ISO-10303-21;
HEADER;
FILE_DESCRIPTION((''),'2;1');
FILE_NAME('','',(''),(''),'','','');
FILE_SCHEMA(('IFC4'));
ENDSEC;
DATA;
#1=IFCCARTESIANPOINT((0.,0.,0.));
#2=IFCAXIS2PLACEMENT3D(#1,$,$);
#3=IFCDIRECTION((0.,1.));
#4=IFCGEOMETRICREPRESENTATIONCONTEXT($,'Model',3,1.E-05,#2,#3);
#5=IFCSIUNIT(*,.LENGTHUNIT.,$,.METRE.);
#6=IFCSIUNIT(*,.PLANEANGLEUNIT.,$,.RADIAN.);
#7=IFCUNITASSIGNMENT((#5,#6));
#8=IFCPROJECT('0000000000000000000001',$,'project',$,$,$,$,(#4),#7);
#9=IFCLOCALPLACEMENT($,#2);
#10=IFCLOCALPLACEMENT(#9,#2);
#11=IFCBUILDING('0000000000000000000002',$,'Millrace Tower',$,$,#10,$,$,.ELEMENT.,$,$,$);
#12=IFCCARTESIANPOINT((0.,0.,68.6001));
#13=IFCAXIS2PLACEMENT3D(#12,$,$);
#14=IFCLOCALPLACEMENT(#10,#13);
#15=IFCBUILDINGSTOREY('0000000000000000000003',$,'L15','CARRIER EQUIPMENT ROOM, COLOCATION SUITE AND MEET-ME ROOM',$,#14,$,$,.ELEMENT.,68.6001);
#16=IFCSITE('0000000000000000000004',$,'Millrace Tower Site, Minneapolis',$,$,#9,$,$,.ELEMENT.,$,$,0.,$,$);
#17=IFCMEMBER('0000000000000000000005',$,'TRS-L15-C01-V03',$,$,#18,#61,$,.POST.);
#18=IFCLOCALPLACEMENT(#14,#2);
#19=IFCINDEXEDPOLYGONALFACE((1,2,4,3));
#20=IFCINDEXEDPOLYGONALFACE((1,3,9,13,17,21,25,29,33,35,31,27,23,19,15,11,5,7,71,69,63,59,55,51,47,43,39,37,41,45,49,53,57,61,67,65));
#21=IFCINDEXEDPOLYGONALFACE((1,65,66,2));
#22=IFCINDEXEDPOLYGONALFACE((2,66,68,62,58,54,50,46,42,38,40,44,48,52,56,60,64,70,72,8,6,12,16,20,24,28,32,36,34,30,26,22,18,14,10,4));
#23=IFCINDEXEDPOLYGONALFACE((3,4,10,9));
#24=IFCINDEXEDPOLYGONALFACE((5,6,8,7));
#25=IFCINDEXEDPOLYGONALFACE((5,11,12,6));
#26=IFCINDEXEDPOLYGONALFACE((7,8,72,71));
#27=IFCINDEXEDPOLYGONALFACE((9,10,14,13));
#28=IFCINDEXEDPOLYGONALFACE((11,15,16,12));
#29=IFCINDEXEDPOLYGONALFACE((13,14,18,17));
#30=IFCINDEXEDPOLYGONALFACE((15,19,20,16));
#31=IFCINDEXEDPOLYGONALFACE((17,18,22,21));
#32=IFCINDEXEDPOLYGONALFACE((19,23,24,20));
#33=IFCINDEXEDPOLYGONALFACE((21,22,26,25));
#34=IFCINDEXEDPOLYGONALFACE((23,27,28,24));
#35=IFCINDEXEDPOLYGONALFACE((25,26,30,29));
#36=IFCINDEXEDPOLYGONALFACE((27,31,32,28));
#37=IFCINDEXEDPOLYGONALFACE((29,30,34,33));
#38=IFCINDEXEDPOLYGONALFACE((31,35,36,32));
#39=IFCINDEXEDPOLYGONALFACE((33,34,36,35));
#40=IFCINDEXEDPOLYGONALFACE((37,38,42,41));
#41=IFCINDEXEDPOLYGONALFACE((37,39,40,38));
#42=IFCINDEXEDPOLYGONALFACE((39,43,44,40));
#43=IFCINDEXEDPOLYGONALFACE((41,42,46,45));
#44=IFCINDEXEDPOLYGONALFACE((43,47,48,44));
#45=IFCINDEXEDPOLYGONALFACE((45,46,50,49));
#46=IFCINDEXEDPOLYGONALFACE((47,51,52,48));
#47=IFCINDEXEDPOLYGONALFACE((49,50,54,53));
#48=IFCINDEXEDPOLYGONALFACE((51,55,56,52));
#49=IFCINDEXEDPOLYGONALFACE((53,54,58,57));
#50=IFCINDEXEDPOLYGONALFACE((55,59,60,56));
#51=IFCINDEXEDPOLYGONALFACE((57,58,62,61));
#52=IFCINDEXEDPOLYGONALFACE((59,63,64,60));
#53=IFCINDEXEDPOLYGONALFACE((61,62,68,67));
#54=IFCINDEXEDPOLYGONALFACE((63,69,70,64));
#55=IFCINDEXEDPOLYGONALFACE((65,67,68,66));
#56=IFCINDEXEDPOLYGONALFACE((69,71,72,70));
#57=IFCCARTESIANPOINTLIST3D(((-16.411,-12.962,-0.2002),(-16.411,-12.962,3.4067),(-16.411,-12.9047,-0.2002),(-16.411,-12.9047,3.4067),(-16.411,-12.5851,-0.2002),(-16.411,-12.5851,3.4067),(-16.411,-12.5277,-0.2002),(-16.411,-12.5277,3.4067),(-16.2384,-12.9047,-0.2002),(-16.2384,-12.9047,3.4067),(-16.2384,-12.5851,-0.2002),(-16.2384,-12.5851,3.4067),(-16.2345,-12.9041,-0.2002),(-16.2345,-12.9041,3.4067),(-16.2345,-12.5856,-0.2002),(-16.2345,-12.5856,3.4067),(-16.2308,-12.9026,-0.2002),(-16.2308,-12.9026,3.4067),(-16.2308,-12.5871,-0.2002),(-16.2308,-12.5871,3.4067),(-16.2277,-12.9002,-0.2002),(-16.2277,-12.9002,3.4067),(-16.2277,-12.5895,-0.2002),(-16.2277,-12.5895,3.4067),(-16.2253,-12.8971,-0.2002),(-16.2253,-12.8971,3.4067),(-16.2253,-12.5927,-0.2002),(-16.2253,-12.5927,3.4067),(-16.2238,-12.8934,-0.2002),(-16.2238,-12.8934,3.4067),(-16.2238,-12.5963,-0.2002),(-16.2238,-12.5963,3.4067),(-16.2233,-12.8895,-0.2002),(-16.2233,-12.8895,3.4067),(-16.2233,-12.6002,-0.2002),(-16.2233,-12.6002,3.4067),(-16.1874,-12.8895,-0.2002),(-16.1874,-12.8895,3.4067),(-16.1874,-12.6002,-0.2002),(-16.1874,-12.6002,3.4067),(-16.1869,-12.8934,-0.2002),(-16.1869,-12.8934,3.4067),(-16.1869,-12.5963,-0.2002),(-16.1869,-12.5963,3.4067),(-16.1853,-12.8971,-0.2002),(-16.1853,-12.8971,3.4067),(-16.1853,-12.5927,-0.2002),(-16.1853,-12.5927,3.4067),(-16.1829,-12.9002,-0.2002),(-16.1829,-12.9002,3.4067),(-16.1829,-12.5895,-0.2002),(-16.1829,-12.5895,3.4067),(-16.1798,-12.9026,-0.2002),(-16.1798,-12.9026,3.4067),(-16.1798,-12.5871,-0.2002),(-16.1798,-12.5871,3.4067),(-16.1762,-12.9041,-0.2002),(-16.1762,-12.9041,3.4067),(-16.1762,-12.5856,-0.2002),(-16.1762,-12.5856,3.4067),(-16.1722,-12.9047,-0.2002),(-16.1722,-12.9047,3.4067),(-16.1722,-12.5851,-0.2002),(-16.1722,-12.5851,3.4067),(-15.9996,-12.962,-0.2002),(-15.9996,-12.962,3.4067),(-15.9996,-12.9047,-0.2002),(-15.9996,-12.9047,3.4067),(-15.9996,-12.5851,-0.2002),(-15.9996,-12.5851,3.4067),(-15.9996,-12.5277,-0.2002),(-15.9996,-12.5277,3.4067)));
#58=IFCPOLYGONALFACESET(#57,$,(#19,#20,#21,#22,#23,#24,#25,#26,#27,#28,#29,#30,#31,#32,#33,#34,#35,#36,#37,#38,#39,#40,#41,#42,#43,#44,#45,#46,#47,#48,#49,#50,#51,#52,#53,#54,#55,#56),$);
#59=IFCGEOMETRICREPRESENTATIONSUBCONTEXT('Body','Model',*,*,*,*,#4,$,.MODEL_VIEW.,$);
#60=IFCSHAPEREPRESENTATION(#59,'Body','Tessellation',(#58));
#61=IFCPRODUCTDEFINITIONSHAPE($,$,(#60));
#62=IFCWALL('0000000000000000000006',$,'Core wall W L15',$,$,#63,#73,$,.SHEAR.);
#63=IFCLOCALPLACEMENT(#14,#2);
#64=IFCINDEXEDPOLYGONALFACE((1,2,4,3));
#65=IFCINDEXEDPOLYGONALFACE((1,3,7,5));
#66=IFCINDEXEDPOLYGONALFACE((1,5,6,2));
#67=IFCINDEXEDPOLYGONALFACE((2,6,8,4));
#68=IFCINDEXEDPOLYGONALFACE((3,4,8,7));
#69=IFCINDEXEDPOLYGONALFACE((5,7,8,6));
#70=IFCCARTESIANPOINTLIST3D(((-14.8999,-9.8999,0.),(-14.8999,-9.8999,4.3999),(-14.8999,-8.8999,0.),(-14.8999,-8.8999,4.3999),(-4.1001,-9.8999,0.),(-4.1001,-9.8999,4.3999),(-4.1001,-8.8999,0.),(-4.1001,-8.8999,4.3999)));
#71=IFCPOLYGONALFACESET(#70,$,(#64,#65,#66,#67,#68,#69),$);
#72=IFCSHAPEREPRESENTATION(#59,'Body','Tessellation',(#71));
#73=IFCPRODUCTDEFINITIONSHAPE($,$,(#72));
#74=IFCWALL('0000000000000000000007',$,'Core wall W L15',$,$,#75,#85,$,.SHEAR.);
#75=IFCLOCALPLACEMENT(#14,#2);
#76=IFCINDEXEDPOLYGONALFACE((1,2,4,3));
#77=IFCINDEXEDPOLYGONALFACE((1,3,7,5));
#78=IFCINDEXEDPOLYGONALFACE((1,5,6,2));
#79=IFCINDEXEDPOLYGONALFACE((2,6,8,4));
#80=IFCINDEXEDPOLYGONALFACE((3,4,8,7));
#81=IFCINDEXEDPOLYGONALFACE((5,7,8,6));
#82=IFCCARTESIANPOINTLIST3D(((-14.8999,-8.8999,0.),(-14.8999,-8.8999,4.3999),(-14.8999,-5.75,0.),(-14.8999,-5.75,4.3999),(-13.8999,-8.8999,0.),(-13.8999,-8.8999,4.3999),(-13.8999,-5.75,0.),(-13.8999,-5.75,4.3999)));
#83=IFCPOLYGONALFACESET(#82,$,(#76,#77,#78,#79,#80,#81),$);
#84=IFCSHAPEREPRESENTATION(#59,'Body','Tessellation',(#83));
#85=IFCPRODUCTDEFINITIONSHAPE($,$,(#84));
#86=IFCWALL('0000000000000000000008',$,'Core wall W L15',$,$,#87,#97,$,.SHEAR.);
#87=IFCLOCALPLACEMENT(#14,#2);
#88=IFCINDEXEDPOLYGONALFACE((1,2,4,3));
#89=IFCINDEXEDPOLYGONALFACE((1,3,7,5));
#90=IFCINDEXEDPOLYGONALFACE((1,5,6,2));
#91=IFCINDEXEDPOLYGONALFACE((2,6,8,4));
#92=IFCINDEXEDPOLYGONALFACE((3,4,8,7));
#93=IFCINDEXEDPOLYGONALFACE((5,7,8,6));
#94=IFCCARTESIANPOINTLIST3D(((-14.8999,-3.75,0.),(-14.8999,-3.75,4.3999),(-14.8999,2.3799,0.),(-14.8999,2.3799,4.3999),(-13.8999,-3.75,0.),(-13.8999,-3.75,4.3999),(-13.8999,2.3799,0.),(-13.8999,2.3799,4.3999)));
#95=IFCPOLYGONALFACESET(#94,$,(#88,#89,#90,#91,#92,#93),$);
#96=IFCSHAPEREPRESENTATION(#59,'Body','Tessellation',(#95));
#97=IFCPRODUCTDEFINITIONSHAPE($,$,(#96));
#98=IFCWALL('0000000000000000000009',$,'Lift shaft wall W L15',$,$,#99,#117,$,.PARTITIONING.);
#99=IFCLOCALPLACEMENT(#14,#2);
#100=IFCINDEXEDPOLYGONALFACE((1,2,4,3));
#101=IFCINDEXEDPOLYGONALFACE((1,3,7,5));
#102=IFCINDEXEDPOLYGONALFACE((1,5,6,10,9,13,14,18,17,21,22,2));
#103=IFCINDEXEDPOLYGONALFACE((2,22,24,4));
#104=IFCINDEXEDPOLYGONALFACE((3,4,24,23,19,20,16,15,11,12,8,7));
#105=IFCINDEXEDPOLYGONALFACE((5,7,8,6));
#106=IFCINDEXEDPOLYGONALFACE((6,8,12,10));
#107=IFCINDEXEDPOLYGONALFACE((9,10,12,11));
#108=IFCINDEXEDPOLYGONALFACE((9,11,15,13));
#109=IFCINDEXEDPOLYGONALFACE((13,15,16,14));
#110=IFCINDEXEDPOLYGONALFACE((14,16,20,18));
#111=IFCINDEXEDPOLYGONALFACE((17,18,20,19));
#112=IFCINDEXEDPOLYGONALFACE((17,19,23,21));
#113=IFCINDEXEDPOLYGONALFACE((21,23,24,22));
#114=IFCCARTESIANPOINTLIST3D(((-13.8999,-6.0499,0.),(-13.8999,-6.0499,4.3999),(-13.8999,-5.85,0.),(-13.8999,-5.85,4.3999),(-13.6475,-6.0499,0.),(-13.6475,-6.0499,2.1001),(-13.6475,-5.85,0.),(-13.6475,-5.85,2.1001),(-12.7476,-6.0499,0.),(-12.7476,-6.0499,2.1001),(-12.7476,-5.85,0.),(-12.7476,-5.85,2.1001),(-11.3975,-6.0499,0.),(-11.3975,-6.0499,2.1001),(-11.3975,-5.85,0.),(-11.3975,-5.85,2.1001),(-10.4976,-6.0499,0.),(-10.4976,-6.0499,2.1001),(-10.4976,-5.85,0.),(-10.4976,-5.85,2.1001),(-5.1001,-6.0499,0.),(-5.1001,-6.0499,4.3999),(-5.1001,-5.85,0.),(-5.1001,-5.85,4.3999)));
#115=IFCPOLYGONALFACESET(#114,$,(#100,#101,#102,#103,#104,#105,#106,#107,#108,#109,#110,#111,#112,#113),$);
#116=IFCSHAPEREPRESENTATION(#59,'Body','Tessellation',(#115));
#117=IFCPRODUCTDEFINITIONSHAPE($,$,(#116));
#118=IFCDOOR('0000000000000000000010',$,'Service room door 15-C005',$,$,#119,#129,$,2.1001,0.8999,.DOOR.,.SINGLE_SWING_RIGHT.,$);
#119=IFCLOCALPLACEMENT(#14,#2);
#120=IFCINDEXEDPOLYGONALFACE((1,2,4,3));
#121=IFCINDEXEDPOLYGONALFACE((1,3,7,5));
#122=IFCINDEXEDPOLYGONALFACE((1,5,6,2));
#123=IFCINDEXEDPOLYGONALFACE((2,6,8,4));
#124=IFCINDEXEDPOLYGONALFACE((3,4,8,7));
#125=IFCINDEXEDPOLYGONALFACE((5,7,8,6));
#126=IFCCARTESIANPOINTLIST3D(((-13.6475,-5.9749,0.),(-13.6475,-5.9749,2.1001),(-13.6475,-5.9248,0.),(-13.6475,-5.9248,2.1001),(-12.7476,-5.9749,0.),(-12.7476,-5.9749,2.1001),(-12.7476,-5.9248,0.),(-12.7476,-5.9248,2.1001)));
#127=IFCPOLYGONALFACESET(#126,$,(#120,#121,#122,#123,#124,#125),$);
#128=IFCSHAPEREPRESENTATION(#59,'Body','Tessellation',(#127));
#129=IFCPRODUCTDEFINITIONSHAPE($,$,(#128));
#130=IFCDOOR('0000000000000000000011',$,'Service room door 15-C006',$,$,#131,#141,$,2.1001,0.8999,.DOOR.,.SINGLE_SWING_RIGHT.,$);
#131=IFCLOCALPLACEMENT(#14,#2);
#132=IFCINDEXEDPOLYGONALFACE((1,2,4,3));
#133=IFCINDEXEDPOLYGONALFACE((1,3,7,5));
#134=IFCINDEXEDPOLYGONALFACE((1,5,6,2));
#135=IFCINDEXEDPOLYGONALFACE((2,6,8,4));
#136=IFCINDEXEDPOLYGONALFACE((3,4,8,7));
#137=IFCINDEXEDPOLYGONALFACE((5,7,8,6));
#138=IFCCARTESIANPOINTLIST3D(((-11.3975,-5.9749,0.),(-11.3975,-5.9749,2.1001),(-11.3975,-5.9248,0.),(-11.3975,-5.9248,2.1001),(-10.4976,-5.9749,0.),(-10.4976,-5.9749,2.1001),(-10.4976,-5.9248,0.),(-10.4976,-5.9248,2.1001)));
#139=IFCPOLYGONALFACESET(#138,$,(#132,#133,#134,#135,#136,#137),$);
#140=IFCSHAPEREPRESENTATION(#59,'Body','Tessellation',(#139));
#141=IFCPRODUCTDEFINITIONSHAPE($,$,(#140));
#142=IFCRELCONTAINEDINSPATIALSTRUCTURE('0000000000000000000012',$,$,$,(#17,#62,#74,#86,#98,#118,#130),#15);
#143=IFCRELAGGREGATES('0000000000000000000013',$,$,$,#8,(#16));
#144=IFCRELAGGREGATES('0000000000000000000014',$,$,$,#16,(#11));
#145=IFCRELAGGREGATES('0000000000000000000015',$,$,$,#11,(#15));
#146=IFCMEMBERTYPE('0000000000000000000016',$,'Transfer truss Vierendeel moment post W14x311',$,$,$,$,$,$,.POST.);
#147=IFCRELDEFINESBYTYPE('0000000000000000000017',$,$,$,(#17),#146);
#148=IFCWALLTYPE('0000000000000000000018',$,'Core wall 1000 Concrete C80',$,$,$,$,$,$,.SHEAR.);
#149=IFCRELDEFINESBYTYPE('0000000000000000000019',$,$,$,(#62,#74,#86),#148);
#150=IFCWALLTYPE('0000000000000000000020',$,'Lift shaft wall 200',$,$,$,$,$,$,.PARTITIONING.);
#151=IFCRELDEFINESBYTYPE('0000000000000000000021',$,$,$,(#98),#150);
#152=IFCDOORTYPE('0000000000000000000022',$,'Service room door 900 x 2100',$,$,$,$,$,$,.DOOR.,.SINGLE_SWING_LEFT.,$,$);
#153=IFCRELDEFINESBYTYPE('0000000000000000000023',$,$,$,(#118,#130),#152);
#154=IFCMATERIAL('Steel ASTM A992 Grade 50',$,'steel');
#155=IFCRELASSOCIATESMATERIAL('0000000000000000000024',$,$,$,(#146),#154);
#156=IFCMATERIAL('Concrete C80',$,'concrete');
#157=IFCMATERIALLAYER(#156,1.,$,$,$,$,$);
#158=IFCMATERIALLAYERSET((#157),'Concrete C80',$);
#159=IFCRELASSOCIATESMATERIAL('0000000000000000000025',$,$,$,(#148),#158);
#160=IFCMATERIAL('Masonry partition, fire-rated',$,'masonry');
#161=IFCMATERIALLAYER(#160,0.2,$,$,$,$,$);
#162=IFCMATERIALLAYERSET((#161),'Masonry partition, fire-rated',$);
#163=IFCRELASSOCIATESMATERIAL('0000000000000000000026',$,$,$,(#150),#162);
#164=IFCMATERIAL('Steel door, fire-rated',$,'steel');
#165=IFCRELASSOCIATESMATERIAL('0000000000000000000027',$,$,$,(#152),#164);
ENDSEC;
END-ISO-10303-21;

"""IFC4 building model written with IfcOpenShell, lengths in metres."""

from ifc_helpers import new_model, si_unit, direction, frame, frame_2d, origin, origin_2d, place, context, subcontext, project, spatial, rectangle, i_section, extrude, material, layer, layer_set, material_profile, profile_set, type_object, element, fill, save


model = new_model("IFC4")

# Units and contexts
model_context = context("Model", 3, precision=1e-05, world=origin(), true_north=direction((0.0, 1.0)))
body_context = subcontext(model_context, "Body", "Model", "MODEL_VIEW")
ifc_project = project(units=[si_unit("LENGTHUNIT", "METRE"), si_unit("PLANEANGLEUNIT", "RADIAN")], contexts=[model_context])

# Site, building, storey
site_placement = place(None, origin())
site = spatial("IfcSite", under=ifc_project, at=site_placement, Name="Millrace Tower Site, Minneapolis", CompositionType="ELEMENT", RefElevation=0.0)
building_placement = place(site_placement, origin())
building = spatial("IfcBuilding", under=site, at=building_placement, Name="Millrace Tower", CompositionType="ELEMENT")
storey_placement = place(building_placement, frame((0.0, 0.0, 68.6001)))
storey = spatial("IfcBuildingStorey", under=building, at=storey_placement, Name="L15", Description="CARRIER EQUIPMENT ROOM, COLOCATION SUITE AND MEET-ME ROOM", CompositionType="ELEMENT", Elevation=68.6001)

# Member
ifc_material_1 = material(Name="Steel ASTM A992 Grade 50", Category="steel")
ifc_material_profile_1 = material_profile(ifc_material_1, i_section(OverallWidth=0.4114, OverallDepth=0.4343, WebThickness=0.0359, FlangeThickness=0.0574, FilletRadius=0.0151, at=origin_2d()))
ifc_profile_set_1 = profile_set([ifc_material_profile_1], Name="Steel ASTM A992 Grade 50")
member_type = type_object("IfcMemberType", Name="Transfer truss Vierendeel moment post W14x311", PredefinedType="POST", material=ifc_profile_set_1)
member_placement = place(storey_placement, frame((-16.2053, -12.7449, -0.2002), z_axis=(0.0, 0.0, 1.0), x_axis=(1.0, 0.0, 0.0)))
element("IfcMember", 1, at=member_placement, inside=storey, type_object=member_type, Name="TRS-L15-C01-V03", PredefinedType="POST", context=body_context, shape_type="SweptSolid", body=[
    extrude(i_section(OverallWidth=0.4114, OverallDepth=0.4343, WebThickness=0.0359, FlangeThickness=0.0574, FilletRadius=0.0151, at=origin_2d()), origin(), (0.0, 0.0, 1.0), 3.6069),
])

# Walls
ifc_material_2 = material(Name="Concrete C80", Category="concrete")
ifc_layer_1 = layer(ifc_material_2, 1.0)
ifc_layer_set_1 = layer_set([ifc_layer_1], Name="Concrete C80")
wall_type_1 = type_object("IfcWallType", Name="Core wall 1000 Concrete C80", PredefinedType="SHEAR", material=ifc_layer_set_1)
wall_1_placement = place(storey_placement, frame((-14.8999, -9.3999, 0.0), z_axis=(0.0, 0.0, 1.0), x_axis=(1.0, 0.0, 0.0)))
element("IfcWall", 2, at=wall_1_placement, inside=storey, type_object=wall_type_1, Name="Core wall W L15", PredefinedType="SHEAR", context=body_context, shape_type="SweptSolid", body=[
    extrude(rectangle(XDim=10.7998, YDim=1.0, at=frame_2d((5.3999, 0.0))), origin(), (0.0, 0.0, 1.0), 4.3999),
])
wall_2_placement = place(storey_placement, frame((-14.3999, -8.8999, 0.0), z_axis=(0.0, 0.0, 1.0), x_axis=(0.0, 1.0, 0.0)))
element("IfcWall", 3, at=wall_2_placement, inside=storey, type_object=wall_type_1, Name="Core wall W L15", PredefinedType="SHEAR", context=body_context, shape_type="SweptSolid", body=[
    extrude(rectangle(XDim=3.1499, YDim=1.0, at=frame_2d((1.575, 0.0))), origin(), (0.0, 0.0, 1.0), 4.3999),
])
wall_3_placement = place(storey_placement, frame((-14.3999, -3.75, 0.0), z_axis=(0.0, 0.0, 1.0), x_axis=(0.0, 1.0, 0.0)))
element("IfcWall", 4, at=wall_3_placement, inside=storey, type_object=wall_type_1, Name="Core wall W L15", PredefinedType="SHEAR", context=body_context, shape_type="SweptSolid", body=[
    extrude(rectangle(XDim=6.1299, YDim=1.0, at=frame_2d((3.0649, 0.0))), origin(), (0.0, 0.0, 1.0), 4.3999),
])

# Wall, openings, doors
ifc_material_3 = material(Name="Masonry partition, fire-rated", Category="masonry")
ifc_layer_2 = layer(ifc_material_3, 0.2)
ifc_layer_set_2 = layer_set([ifc_layer_2], Name="Masonry partition, fire-rated")
wall_type_2 = type_object("IfcWallType", Name="Lift shaft wall 200", PredefinedType="PARTITIONING", material=ifc_layer_set_2)
wall_4_placement = place(storey_placement, frame((-13.8999, -5.95, 0.0), z_axis=(0.0, 0.0, 1.0), x_axis=(1.0, 0.0, 0.0)))
wall_4 = element("IfcWall", 5, at=wall_4_placement, inside=storey, type_object=wall_type_2, Name="Lift shaft wall W L15", PredefinedType="PARTITIONING", context=body_context, shape_type="SweptSolid", body=[
    extrude(rectangle(XDim=8.7998, YDim=0.2, at=frame_2d((4.3999, 0.0))), origin(), (0.0, 0.0, 1.0), 4.3999),
])
opening_1_placement = place(wall_4_placement, frame((0.2524, 0.0, 0.0)))
opening_1 = element("IfcOpeningElement", 6, at=opening_1_placement, cuts=wall_4, PredefinedType="OPENING", context=body_context, shape_type="SweptSolid", body=[
    extrude(rectangle(XDim=0.8999, YDim=2.1001, at=frame_2d((0.45, 1.05))), frame((0.0, 0.1099, 0.0), z_axis=(0.0, -1.0, 0.0), x_axis=(1.0, 0.0, 0.0)), (0.0, 0.0, 1.0), 0.22),
])
opening_2_placement = place(wall_4_placement, frame((2.5024, 0.0, 0.0)))
opening_2 = element("IfcOpeningElement", 7, at=opening_2_placement, cuts=wall_4, PredefinedType="OPENING", context=body_context, shape_type="SweptSolid", body=[
    extrude(rectangle(XDim=0.8999, YDim=2.1001, at=frame_2d((0.45, 1.05))), frame((0.0, 0.1099, 0.0), z_axis=(0.0, -1.0, 0.0), x_axis=(1.0, 0.0, 0.0)), (0.0, 0.0, 1.0), 0.22),
])
ifc_material_4 = material(Name="Steel door, fire-rated", Category="steel")
door_type_1 = type_object("IfcDoorType", Name="Service room door 900 x 2100", OperationType="SINGLE_SWING_LEFT", PredefinedType="DOOR", material=ifc_material_4)
door_1_placement = place(opening_1_placement, frame((0.8999, 0.0, 0.0), z_axis=(0.0, 0.0, 1.0), x_axis=(-1.0, 0.0, 0.0)))
door_1 = element("IfcDoor", 8, at=door_1_placement, inside=storey, type_object=door_type_1, Name="Service room door 15-C005", OperationType="SINGLE_SWING_RIGHT", OverallHeight=2.1001, OverallWidth=0.8999, PredefinedType="DOOR", context=body_context, shape_type="SweptSolid", body=[
    extrude(rectangle(XDim=0.8999, YDim=2.1001, at=frame_2d((0.45, 1.05))), frame((0.0, 0.0249, 0.0), z_axis=(0.0, -1.0, 0.0), x_axis=(1.0, 0.0, 0.0)), (0.0, 0.0, 1.0), 0.05),
])
fill(opening_1, door_1)
door_2_placement = place(opening_2_placement, frame((0.8999, 0.0, 0.0), z_axis=(0.0, 0.0, 1.0), x_axis=(-1.0, 0.0, 0.0)))
door_2 = element("IfcDoor", 9, at=door_2_placement, inside=storey, type_object=door_type_1, Name="Service room door 15-C006", OperationType="SINGLE_SWING_RIGHT", OverallHeight=2.1001, OverallWidth=0.8999, PredefinedType="DOOR", context=body_context, shape_type="SweptSolid", body=[
    extrude(rectangle(XDim=0.8999, YDim=2.1001, at=frame_2d((0.45, 1.05))), frame((0.0, 0.0249, 0.0), z_axis=(0.0, -1.0, 0.0), x_axis=(1.0, 0.0, 0.0)), (0.0, 0.0, 1.0), 0.05),
])
fill(opening_2, door_2)

save(model, "model.ifc")
